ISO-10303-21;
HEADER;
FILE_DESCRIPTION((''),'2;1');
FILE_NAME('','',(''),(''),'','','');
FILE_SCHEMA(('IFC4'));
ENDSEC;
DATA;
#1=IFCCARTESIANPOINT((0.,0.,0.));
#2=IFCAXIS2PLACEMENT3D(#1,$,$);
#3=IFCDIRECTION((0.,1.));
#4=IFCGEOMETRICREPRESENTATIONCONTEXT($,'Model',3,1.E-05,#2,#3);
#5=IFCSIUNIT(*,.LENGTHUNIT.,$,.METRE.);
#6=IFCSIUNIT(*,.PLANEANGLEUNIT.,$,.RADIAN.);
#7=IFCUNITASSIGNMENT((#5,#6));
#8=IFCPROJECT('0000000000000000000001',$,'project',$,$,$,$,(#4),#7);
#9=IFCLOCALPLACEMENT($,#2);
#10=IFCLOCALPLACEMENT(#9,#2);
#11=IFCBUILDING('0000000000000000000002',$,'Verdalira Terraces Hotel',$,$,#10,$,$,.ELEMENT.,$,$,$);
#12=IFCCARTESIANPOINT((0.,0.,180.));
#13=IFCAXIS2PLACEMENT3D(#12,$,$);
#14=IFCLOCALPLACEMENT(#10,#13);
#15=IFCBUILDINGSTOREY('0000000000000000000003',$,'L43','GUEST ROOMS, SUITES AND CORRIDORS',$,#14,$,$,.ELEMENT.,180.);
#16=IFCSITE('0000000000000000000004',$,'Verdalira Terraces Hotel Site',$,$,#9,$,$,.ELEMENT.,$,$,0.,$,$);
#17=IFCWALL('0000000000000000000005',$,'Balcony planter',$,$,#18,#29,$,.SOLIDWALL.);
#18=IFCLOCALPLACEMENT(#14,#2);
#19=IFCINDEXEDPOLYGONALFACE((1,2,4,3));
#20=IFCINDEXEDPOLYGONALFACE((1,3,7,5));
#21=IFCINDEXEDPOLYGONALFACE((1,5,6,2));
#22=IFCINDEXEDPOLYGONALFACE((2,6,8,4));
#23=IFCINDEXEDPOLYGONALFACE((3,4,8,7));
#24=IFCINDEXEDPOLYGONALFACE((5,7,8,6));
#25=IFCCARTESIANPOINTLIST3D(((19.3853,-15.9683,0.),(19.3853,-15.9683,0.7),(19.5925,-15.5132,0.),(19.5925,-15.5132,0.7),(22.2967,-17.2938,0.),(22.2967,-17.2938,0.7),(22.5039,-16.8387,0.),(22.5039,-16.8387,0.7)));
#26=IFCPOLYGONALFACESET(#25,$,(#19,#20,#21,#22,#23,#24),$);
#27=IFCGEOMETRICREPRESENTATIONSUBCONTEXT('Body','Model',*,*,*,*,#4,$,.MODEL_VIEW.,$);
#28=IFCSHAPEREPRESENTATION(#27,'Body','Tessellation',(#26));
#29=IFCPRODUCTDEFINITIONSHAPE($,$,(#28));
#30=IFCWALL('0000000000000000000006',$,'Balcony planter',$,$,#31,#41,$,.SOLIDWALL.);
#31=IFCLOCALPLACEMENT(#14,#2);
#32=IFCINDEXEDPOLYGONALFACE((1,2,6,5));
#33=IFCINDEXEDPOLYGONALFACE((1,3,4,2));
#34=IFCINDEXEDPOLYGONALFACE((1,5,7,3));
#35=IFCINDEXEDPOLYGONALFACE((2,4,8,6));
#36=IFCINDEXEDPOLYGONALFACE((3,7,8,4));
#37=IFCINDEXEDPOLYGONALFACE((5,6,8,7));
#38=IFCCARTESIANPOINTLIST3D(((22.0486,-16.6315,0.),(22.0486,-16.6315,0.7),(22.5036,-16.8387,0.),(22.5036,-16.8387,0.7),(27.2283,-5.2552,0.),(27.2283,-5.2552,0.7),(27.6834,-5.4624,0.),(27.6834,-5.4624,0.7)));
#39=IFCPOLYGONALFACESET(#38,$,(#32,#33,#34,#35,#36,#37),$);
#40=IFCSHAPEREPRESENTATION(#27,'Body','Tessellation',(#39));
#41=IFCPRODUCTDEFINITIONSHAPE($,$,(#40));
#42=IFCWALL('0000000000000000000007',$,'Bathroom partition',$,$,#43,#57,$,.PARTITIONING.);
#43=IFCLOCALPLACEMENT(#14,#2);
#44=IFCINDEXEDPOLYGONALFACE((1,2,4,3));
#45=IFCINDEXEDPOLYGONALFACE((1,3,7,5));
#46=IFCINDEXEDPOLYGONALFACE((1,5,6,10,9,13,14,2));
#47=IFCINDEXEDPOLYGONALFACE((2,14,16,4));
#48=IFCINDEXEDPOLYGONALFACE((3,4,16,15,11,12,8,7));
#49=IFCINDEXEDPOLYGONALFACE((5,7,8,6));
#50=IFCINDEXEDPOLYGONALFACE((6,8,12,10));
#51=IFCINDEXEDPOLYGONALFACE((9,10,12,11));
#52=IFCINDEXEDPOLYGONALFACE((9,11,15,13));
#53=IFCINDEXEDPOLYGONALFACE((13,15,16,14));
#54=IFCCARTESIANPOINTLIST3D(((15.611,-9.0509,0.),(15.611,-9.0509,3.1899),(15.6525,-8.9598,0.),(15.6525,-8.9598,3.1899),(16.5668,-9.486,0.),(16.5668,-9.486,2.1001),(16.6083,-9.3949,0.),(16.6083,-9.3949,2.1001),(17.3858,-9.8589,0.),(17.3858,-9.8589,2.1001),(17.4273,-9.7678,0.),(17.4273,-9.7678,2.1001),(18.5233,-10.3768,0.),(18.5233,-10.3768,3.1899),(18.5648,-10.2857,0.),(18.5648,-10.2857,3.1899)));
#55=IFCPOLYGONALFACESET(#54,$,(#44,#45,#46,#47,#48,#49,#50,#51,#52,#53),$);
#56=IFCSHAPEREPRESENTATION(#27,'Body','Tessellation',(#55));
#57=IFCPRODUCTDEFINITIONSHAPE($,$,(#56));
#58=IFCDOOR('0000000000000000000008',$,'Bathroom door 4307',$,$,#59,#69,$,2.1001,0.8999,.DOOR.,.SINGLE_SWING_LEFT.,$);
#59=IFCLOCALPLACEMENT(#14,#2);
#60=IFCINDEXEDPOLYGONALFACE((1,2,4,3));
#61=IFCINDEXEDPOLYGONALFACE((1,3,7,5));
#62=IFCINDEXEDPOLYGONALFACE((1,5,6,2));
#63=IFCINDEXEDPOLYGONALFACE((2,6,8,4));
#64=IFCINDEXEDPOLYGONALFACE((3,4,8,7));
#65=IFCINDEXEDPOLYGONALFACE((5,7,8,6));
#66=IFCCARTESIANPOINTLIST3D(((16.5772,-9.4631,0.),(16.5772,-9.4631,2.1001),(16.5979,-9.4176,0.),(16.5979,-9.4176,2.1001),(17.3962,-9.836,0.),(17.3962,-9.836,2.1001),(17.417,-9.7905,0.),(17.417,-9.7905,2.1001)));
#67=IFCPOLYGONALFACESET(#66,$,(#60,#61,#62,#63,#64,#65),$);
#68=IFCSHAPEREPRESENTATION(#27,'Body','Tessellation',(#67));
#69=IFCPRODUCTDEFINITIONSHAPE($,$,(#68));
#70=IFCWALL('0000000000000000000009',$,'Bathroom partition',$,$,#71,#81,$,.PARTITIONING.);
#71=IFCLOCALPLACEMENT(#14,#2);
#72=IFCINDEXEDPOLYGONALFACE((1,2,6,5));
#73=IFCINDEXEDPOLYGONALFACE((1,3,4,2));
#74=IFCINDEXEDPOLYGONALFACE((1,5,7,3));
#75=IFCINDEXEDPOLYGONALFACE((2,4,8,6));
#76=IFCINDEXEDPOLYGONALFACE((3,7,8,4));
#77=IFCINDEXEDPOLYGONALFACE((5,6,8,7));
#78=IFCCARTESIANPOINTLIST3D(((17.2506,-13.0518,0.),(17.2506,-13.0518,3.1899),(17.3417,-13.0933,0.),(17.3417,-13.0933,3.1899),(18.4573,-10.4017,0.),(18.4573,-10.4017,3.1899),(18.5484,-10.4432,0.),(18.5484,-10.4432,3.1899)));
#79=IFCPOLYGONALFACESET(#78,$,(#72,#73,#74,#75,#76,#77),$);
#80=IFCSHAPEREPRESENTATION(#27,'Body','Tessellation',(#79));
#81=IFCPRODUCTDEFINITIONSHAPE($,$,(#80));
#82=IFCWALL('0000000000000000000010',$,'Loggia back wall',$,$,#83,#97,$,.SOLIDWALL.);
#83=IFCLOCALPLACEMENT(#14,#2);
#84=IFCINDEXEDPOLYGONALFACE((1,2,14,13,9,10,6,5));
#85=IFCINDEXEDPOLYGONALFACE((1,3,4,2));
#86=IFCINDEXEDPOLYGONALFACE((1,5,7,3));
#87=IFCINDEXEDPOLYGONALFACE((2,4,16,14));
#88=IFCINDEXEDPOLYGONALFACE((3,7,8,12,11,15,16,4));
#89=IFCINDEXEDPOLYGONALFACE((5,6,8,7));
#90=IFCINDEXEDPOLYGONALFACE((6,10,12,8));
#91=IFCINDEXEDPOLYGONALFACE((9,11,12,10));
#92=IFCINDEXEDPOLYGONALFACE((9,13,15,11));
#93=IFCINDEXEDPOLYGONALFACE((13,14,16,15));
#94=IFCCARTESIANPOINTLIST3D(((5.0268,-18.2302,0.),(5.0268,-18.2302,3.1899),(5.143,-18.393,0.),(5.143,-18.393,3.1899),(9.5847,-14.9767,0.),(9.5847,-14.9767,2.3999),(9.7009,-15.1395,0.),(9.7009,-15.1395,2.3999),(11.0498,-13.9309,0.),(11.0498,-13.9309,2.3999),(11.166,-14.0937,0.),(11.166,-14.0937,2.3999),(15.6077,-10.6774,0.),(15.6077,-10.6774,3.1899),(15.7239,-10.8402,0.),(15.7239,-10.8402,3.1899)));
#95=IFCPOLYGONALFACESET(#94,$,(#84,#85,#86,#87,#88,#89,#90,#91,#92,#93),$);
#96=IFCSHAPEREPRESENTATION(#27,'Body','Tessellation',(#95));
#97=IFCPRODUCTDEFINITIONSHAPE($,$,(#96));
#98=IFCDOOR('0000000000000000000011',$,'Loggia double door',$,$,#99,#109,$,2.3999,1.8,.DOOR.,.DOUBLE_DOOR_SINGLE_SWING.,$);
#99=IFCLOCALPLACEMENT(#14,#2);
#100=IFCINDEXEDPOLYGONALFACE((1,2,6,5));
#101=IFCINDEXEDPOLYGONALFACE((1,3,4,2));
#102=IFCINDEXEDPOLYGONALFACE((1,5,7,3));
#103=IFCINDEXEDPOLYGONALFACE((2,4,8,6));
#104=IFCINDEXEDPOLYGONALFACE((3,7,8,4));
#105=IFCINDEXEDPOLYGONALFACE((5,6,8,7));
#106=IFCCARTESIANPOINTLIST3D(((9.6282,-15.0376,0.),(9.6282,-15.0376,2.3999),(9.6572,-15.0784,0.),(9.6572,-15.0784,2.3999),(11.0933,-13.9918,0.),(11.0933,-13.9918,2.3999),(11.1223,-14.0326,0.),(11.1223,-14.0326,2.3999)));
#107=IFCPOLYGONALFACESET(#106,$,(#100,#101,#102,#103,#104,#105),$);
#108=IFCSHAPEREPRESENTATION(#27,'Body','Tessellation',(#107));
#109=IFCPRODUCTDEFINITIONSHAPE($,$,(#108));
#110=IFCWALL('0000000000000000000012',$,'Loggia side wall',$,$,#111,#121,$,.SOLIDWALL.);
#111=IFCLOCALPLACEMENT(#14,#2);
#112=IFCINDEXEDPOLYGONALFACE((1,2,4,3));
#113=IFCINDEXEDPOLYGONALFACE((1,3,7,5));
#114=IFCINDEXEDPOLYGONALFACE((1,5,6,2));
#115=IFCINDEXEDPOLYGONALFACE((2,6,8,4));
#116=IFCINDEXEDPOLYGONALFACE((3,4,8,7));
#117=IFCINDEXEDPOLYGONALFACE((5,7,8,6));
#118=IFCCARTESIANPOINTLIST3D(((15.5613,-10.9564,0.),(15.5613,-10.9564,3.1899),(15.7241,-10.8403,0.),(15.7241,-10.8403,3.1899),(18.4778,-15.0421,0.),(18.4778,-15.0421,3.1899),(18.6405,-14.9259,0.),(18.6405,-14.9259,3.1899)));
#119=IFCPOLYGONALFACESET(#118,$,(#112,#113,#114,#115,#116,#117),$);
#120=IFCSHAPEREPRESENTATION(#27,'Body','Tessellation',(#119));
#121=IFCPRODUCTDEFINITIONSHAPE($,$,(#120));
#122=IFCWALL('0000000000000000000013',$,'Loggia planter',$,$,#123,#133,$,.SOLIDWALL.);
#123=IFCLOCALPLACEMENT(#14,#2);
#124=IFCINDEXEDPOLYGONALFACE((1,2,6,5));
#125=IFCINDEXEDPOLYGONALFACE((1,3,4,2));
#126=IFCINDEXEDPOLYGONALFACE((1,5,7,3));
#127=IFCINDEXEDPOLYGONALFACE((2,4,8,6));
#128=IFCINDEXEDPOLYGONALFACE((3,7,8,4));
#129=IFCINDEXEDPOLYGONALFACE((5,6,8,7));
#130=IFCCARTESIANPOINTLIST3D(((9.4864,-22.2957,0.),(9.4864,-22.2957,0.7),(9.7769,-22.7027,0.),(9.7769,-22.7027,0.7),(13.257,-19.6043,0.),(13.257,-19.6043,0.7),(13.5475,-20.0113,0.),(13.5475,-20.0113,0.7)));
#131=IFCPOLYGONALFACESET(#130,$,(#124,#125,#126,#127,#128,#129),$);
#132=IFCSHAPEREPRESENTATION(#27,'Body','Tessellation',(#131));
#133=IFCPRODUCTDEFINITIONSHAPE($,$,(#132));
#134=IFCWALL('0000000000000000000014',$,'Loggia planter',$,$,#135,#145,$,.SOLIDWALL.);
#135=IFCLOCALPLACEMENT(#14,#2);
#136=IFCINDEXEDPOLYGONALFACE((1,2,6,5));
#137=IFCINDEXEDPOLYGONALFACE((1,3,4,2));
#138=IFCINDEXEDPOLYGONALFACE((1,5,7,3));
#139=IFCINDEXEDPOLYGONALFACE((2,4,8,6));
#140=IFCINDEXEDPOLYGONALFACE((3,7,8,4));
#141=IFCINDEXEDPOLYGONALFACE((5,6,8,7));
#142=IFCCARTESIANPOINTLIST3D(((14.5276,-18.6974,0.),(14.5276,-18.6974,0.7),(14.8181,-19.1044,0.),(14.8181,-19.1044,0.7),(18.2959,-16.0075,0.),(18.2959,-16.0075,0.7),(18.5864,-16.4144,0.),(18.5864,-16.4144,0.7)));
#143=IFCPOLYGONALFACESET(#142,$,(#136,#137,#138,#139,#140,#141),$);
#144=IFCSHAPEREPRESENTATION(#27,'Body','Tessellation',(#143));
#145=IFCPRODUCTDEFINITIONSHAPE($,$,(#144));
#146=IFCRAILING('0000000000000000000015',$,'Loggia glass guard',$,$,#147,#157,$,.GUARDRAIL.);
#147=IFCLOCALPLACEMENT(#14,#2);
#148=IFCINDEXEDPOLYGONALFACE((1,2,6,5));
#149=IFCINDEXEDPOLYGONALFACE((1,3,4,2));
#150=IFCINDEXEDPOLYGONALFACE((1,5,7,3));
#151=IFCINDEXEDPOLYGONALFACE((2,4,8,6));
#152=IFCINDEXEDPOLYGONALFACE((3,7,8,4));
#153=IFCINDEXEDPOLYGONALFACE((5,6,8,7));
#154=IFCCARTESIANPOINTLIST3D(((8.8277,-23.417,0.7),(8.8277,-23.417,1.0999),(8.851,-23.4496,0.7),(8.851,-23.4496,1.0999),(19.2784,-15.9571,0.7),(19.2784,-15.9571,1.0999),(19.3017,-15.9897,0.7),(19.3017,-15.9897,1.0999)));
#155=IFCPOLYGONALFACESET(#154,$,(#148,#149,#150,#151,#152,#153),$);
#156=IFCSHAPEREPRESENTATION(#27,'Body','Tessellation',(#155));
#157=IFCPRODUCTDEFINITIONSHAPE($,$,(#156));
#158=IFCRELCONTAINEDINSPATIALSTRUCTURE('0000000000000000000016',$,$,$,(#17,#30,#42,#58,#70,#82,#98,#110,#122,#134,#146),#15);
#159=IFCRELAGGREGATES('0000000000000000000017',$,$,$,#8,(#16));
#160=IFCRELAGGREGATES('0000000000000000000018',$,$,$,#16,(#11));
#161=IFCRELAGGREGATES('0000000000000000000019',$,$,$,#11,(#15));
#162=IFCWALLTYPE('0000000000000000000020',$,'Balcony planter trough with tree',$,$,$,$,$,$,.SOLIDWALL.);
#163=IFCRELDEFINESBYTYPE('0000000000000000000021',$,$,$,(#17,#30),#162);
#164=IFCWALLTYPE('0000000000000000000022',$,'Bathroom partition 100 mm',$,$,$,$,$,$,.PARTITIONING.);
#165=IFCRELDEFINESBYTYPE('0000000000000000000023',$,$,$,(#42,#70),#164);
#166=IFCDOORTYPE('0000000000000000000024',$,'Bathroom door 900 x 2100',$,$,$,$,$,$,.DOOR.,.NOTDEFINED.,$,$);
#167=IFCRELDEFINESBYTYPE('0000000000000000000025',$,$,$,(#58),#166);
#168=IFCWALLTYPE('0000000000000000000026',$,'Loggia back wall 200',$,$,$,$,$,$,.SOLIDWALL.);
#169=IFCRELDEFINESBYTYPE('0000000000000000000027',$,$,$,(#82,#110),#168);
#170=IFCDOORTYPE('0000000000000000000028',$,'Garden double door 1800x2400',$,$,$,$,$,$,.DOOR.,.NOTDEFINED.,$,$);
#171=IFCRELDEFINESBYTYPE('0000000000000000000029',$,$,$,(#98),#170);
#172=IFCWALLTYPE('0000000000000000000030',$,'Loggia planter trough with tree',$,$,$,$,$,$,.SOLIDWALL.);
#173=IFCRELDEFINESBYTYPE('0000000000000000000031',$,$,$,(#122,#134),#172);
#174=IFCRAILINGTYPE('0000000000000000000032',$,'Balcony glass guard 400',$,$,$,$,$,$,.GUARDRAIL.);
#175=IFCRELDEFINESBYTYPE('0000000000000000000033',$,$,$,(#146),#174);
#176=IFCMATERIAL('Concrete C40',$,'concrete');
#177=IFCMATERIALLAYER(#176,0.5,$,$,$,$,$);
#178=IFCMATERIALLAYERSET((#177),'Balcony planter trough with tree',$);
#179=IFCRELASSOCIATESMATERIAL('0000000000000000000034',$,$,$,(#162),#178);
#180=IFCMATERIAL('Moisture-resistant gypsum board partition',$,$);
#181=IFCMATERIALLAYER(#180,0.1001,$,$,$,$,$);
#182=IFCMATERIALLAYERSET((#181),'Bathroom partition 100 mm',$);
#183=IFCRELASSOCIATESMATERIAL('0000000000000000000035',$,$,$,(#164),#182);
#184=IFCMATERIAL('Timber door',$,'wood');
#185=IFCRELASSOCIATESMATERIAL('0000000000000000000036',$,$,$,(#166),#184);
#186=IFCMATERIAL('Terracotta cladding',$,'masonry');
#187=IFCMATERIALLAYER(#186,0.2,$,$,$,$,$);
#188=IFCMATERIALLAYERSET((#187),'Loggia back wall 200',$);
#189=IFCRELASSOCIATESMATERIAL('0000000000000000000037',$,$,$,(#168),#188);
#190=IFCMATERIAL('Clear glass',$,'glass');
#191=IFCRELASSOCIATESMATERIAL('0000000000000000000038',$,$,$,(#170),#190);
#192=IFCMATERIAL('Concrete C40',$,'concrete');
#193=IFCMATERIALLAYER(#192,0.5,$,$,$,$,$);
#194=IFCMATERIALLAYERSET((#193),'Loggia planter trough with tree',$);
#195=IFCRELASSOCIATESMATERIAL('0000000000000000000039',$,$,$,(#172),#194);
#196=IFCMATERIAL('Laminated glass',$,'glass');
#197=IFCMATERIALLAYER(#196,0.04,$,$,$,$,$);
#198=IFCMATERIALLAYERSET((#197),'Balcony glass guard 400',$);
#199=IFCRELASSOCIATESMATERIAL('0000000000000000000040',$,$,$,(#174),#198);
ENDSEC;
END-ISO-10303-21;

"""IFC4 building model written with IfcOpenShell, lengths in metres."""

from ifc_helpers import new_model, si_unit, direction, frame, frame_2d, origin, origin_2d, place, context, subcontext, project, spatial, rectangle, extrude, material, layer, layer_set, type_object, element, fill, save


model = new_model("IFC4")

# Units and contexts
model_context = context("Model", 3, precision=1e-05, world=origin(), true_north=direction((0.0, 1.0)))
body_context = subcontext(model_context, "Body", "Model", "MODEL_VIEW")
ifc_project = project(units=[si_unit("LENGTHUNIT", "METRE"), si_unit("PLANEANGLEUNIT", "RADIAN")], contexts=[model_context])

# Site, building, storey
site_placement = place(None, origin())
site = spatial("IfcSite", under=ifc_project, at=site_placement, Name="Verdalira Terraces Hotel Site", CompositionType="ELEMENT", RefElevation=0.0)
building_placement = place(site_placement, origin())
building = spatial("IfcBuilding", under=site, at=building_placement, Name="Verdalira Terraces Hotel", CompositionType="ELEMENT")
storey_placement = place(building_placement, frame((0.0, 0.0, 180.0)))
storey = spatial("IfcBuildingStorey", under=building, at=storey_placement, Name="L43", Description="GUEST ROOMS, SUITES AND CORRIDORS", CompositionType="ELEMENT", Elevation=180.0)

# Walls
ifc_material_1 = material(Name="Concrete C40", Category="concrete")
ifc_layer_1 = layer(ifc_material_1, 0.5)
ifc_layer_set_1 = layer_set([ifc_layer_1], Name="Balcony planter trough with tree")
wall_type_1 = type_object("IfcWallType", Name="Balcony planter trough with tree", PredefinedType="SOLIDWALL", material=ifc_layer_set_1)
wall_1_placement = place(storey_placement, frame((19.4888, -15.7407, 0.0), z_axis=(0.0, 0.0, 1.0), x_axis=(0.910121, -0.414343, 0.0)))
element("IfcWall", 1, at=wall_1_placement, inside=storey, type_object=wall_type_1, Name="Balcony planter", PredefinedType="SOLIDWALL", context=body_context, shape_type="SweptSolid", body=[
    extrude(rectangle(XDim=3.199, YDim=0.5, at=frame_2d((1.5996, 0.0))), origin(), (0.0, 0.0, 1.0), 0.7),
])
wall_2_placement = place(storey_placement, frame((22.2761, -16.7351, 0.0), z_axis=(0.0, 0.0, 1.0), x_axis=(0.414378, 0.910105, 0.0)))
element("IfcWall", 2, at=wall_2_placement, inside=storey, type_object=wall_type_1, Name="Balcony planter", PredefinedType="SOLIDWALL", context=body_context, shape_type="SweptSolid", body=[
    extrude(rectangle(XDim=12.5, YDim=0.5, at=frame_2d((6.25, 0.0))), origin(), (0.0, 0.0, 1.0), 0.7),
])

# Wall, opening, door
ifc_material_2 = material(Name="Moisture-resistant gypsum board partition")
ifc_layer_2 = layer(ifc_material_2, 0.1001)
ifc_layer_set_2 = layer_set([ifc_layer_2], Name="Bathroom partition 100 mm")
wall_type_2 = type_object("IfcWallType", Name="Bathroom partition 100 mm", PredefinedType="PARTITIONING", material=ifc_layer_set_2)
wall_3_placement = place(storey_placement, frame((18.5442, -10.3313, 0.0), z_axis=(0.0, 0.0, 1.0), x_axis=(-0.910115, 0.414355, 0.0)))
wall_3 = element("IfcWall", 3, at=wall_3_placement, inside=storey, type_object=wall_type_2, Name="Bathroom partition", PredefinedType="PARTITIONING", context=body_context, shape_type="SweptSolid", body=[
    extrude(rectangle(XDim=3.2, YDim=0.1001, at=frame_2d((1.6001, 0.0))), origin(), (0.0, 0.0, 1.0), 3.1899),
])
opening_1_placement = place(wall_3_placement, frame((1.25, 0.0, 0.0)))
opening_1 = element("IfcOpeningElement", 4, at=opening_1_placement, cuts=wall_3, PredefinedType="OPENING", context=body_context, shape_type="SweptSolid", body=[
    extrude(rectangle(XDim=0.8999, YDim=2.1001, at=frame_2d((0.45, 1.05))), frame((0.0, 0.0601, 0.0), z_axis=(0.0, -1.0, 0.0), x_axis=(1.0, 0.0, 0.0)), (0.0, 0.0, 1.0), 0.1201),
])
ifc_material_3 = material(Name="Timber door", Category="wood")
door_type_1 = type_object("IfcDoorType", Name="Bathroom door 900 x 2100", OperationType="NOTDEFINED", PredefinedType="DOOR", material=ifc_material_3)
door_1_placement = place(opening_1_placement, origin())
door_1 = element("IfcDoor", 5, at=door_1_placement, inside=storey, type_object=door_type_1, Name="Bathroom door 4307", OperationType="SINGLE_SWING_LEFT", OverallHeight=2.1001, OverallWidth=0.8999, PredefinedType="DOOR", context=body_context, shape_type="SweptSolid", body=[
    extrude(rectangle(XDim=0.8999, YDim=2.1001, at=frame_2d((0.45, 1.05))), frame((0.0, 0.0249, 0.0), z_axis=(0.0, -1.0, 0.0), x_axis=(1.0, 0.0, 0.0)), (0.0, 0.0, 1.0), 0.05),
])
fill(opening_1, door_1)

# Wall
wall_4_placement = place(storey_placement, frame((18.5029, -10.4224, 0.0), z_axis=(0.0, 0.0, 1.0), x_axis=(-0.414422, -0.910085, 0.0)))
element("IfcWall", 6, at=wall_4_placement, inside=storey, type_object=wall_type_2, Name="Bathroom partition", PredefinedType="PARTITIONING", context=body_context, shape_type="SweptSolid", body=[
    extrude(rectangle(XDim=2.9119, YDim=0.1001, at=frame_2d((1.4561, 0.0))), origin(), (0.0, 0.0, 1.0), 3.1899),
])

# Wall, opening, door
ifc_material_4 = material(Name="Terracotta cladding", Category="masonry")
ifc_layer_3 = layer(ifc_material_4, 0.2)
ifc_layer_set_3 = layer_set([ifc_layer_3], Name="Loggia back wall 200")
wall_type_3 = type_object("IfcWallType", Name="Loggia back wall 200", PredefinedType="SOLIDWALL", material=ifc_layer_set_3)
wall_5_placement = place(storey_placement, frame((15.6658, -10.7588, 0.0), z_axis=(0.0, 0.0, 1.0), x_axis=(-0.813915, -0.580984, 0.0)))
wall_5 = element("IfcWall", 7, at=wall_5_placement, inside=storey, type_object=wall_type_3, Name="Loggia back wall", PredefinedType="SOLIDWALL", context=body_context, shape_type="SweptSolid", body=[
    extrude(rectangle(XDim=13.0, YDim=0.2, at=frame_2d((6.5, 0.0))), origin(), (0.0, 0.0, 1.0), 3.1899),
])
opening_2_placement = place(wall_5_placement, frame((5.6001, 0.0, 0.0)))
opening_2 = element("IfcOpeningElement", 8, at=opening_2_placement, cuts=wall_5, PredefinedType="OPENING", context=body_context, shape_type="SweptSolid", body=[
    extrude(rectangle(XDim=1.8, YDim=2.3999, at=frame_2d((0.8999, 1.2))), frame((0.0, 0.1099, 0.0), z_axis=(0.0, -1.0, 0.0), x_axis=(1.0, 0.0, 0.0)), (0.0, 0.0, 1.0), 0.22),
])
ifc_material_5 = material(Name="Clear glass", Category="glass")
door_type_2 = type_object("IfcDoorType", Name="Garden double door 1800x2400", OperationType="NOTDEFINED", PredefinedType="DOOR", material=ifc_material_5)
door_2_placement = place(opening_2_placement, origin())
door_2 = element("IfcDoor", 9, at=door_2_placement, inside=storey, type_object=door_type_2, Name="Loggia double door", OperationType="DOUBLE_DOOR_SINGLE_SWING", OverallHeight=2.3999, OverallWidth=1.8, PredefinedType="DOOR", context=body_context, shape_type="SweptSolid", body=[
    extrude(rectangle(XDim=1.8, YDim=2.3999, at=frame_2d((0.8999, 1.2))), frame((0.0, 0.0249, 0.0), z_axis=(0.0, -1.0, 0.0), x_axis=(1.0, 0.0, 0.0)), (0.0, 0.0, 1.0), 0.05),
])
fill(opening_2, door_2)

# Walls
wall_6_placement = place(storey_placement, frame((18.5591, -14.9839, 0.0), z_axis=(0.0, 0.0, 1.0), x_axis=(-0.580994, 0.813908, 0.0)))
element("IfcWall", 10, at=wall_6_placement, inside=storey, type_object=wall_type_3, Name="Loggia side wall", PredefinedType="SOLIDWALL", context=body_context, shape_type="SweptSolid", body=[
    extrude(rectangle(XDim=5.0198, YDim=0.2, at=frame_2d((2.5098, 0.0))), origin(), (0.0, 0.0, 1.0), 3.1899),
])
ifc_material_6 = material(Name="Concrete C40", Category="concrete")
ifc_layer_4 = layer(ifc_material_6, 0.5)
ifc_layer_set_4 = layer_set([ifc_layer_4], Name="Loggia planter trough with tree")
wall_type_4 = type_object("IfcWallType", Name="Loggia planter trough with tree", PredefinedType="SOLIDWALL", material=ifc_layer_set_4)
wall_7_placement = place(storey_placement, frame((9.6316, -22.4993, 0.0), z_axis=(0.0, 0.0, 1.0), x_axis=(0.813919, 0.580979, 0.0)))
element("IfcWall", 11, at=wall_7_placement, inside=storey, type_object=wall_type_4, Name="Loggia planter", PredefinedType="SOLIDWALL", context=body_context, shape_type="SweptSolid", body=[
    extrude(rectangle(XDim=4.6326, YDim=0.5, at=frame_2d((2.3164, 0.0))), origin(), (0.0, 0.0, 1.0), 0.7),
])
wall_8_placement = place(storey_placement, frame((14.6729, -18.9009, 0.0), z_axis=(0.0, 0.0, 1.0), x_axis=(0.813908, 0.580994, 0.0)))
element("IfcWall", 12, at=wall_8_placement, inside=storey, type_object=wall_type_4, Name="Loggia planter", PredefinedType="SOLIDWALL", context=body_context, shape_type="SweptSolid", body=[
    extrude(rectangle(XDim=4.6299, YDim=0.5, at=frame_2d((2.3149, 0.0))), origin(), (0.0, 0.0, 1.0), 0.7),
])

# Railing
ifc_material_7 = material(Name="Laminated glass", Category="glass")
ifc_layer_5 = layer(ifc_material_7, 0.04)
ifc_layer_set_5 = layer_set([ifc_layer_5], Name="Balcony glass guard 400")
railing_type = type_object("IfcRailingType", Name="Balcony glass guard 400", PredefinedType="GUARDRAIL", material=ifc_layer_set_5)
railing_placement = place(storey_placement, frame((14.0647, -19.7034, 0.7), z_axis=(0.0, 0.0, 1.0), x_axis=(0.813913, 0.580987, 0.0)))
element("IfcRailing", 13, at=railing_placement, inside=storey, type_object=railing_type, Name="Loggia glass guard", PredefinedType="GUARDRAIL", context=body_context, shape_type="SweptSolid", body=[
    extrude(rectangle(XDim=12.8401, YDim=0.04, at=origin_2d()), origin(), (0.0, 0.0, 1.0), 0.3999),
])

save(model, "model.ifc")
